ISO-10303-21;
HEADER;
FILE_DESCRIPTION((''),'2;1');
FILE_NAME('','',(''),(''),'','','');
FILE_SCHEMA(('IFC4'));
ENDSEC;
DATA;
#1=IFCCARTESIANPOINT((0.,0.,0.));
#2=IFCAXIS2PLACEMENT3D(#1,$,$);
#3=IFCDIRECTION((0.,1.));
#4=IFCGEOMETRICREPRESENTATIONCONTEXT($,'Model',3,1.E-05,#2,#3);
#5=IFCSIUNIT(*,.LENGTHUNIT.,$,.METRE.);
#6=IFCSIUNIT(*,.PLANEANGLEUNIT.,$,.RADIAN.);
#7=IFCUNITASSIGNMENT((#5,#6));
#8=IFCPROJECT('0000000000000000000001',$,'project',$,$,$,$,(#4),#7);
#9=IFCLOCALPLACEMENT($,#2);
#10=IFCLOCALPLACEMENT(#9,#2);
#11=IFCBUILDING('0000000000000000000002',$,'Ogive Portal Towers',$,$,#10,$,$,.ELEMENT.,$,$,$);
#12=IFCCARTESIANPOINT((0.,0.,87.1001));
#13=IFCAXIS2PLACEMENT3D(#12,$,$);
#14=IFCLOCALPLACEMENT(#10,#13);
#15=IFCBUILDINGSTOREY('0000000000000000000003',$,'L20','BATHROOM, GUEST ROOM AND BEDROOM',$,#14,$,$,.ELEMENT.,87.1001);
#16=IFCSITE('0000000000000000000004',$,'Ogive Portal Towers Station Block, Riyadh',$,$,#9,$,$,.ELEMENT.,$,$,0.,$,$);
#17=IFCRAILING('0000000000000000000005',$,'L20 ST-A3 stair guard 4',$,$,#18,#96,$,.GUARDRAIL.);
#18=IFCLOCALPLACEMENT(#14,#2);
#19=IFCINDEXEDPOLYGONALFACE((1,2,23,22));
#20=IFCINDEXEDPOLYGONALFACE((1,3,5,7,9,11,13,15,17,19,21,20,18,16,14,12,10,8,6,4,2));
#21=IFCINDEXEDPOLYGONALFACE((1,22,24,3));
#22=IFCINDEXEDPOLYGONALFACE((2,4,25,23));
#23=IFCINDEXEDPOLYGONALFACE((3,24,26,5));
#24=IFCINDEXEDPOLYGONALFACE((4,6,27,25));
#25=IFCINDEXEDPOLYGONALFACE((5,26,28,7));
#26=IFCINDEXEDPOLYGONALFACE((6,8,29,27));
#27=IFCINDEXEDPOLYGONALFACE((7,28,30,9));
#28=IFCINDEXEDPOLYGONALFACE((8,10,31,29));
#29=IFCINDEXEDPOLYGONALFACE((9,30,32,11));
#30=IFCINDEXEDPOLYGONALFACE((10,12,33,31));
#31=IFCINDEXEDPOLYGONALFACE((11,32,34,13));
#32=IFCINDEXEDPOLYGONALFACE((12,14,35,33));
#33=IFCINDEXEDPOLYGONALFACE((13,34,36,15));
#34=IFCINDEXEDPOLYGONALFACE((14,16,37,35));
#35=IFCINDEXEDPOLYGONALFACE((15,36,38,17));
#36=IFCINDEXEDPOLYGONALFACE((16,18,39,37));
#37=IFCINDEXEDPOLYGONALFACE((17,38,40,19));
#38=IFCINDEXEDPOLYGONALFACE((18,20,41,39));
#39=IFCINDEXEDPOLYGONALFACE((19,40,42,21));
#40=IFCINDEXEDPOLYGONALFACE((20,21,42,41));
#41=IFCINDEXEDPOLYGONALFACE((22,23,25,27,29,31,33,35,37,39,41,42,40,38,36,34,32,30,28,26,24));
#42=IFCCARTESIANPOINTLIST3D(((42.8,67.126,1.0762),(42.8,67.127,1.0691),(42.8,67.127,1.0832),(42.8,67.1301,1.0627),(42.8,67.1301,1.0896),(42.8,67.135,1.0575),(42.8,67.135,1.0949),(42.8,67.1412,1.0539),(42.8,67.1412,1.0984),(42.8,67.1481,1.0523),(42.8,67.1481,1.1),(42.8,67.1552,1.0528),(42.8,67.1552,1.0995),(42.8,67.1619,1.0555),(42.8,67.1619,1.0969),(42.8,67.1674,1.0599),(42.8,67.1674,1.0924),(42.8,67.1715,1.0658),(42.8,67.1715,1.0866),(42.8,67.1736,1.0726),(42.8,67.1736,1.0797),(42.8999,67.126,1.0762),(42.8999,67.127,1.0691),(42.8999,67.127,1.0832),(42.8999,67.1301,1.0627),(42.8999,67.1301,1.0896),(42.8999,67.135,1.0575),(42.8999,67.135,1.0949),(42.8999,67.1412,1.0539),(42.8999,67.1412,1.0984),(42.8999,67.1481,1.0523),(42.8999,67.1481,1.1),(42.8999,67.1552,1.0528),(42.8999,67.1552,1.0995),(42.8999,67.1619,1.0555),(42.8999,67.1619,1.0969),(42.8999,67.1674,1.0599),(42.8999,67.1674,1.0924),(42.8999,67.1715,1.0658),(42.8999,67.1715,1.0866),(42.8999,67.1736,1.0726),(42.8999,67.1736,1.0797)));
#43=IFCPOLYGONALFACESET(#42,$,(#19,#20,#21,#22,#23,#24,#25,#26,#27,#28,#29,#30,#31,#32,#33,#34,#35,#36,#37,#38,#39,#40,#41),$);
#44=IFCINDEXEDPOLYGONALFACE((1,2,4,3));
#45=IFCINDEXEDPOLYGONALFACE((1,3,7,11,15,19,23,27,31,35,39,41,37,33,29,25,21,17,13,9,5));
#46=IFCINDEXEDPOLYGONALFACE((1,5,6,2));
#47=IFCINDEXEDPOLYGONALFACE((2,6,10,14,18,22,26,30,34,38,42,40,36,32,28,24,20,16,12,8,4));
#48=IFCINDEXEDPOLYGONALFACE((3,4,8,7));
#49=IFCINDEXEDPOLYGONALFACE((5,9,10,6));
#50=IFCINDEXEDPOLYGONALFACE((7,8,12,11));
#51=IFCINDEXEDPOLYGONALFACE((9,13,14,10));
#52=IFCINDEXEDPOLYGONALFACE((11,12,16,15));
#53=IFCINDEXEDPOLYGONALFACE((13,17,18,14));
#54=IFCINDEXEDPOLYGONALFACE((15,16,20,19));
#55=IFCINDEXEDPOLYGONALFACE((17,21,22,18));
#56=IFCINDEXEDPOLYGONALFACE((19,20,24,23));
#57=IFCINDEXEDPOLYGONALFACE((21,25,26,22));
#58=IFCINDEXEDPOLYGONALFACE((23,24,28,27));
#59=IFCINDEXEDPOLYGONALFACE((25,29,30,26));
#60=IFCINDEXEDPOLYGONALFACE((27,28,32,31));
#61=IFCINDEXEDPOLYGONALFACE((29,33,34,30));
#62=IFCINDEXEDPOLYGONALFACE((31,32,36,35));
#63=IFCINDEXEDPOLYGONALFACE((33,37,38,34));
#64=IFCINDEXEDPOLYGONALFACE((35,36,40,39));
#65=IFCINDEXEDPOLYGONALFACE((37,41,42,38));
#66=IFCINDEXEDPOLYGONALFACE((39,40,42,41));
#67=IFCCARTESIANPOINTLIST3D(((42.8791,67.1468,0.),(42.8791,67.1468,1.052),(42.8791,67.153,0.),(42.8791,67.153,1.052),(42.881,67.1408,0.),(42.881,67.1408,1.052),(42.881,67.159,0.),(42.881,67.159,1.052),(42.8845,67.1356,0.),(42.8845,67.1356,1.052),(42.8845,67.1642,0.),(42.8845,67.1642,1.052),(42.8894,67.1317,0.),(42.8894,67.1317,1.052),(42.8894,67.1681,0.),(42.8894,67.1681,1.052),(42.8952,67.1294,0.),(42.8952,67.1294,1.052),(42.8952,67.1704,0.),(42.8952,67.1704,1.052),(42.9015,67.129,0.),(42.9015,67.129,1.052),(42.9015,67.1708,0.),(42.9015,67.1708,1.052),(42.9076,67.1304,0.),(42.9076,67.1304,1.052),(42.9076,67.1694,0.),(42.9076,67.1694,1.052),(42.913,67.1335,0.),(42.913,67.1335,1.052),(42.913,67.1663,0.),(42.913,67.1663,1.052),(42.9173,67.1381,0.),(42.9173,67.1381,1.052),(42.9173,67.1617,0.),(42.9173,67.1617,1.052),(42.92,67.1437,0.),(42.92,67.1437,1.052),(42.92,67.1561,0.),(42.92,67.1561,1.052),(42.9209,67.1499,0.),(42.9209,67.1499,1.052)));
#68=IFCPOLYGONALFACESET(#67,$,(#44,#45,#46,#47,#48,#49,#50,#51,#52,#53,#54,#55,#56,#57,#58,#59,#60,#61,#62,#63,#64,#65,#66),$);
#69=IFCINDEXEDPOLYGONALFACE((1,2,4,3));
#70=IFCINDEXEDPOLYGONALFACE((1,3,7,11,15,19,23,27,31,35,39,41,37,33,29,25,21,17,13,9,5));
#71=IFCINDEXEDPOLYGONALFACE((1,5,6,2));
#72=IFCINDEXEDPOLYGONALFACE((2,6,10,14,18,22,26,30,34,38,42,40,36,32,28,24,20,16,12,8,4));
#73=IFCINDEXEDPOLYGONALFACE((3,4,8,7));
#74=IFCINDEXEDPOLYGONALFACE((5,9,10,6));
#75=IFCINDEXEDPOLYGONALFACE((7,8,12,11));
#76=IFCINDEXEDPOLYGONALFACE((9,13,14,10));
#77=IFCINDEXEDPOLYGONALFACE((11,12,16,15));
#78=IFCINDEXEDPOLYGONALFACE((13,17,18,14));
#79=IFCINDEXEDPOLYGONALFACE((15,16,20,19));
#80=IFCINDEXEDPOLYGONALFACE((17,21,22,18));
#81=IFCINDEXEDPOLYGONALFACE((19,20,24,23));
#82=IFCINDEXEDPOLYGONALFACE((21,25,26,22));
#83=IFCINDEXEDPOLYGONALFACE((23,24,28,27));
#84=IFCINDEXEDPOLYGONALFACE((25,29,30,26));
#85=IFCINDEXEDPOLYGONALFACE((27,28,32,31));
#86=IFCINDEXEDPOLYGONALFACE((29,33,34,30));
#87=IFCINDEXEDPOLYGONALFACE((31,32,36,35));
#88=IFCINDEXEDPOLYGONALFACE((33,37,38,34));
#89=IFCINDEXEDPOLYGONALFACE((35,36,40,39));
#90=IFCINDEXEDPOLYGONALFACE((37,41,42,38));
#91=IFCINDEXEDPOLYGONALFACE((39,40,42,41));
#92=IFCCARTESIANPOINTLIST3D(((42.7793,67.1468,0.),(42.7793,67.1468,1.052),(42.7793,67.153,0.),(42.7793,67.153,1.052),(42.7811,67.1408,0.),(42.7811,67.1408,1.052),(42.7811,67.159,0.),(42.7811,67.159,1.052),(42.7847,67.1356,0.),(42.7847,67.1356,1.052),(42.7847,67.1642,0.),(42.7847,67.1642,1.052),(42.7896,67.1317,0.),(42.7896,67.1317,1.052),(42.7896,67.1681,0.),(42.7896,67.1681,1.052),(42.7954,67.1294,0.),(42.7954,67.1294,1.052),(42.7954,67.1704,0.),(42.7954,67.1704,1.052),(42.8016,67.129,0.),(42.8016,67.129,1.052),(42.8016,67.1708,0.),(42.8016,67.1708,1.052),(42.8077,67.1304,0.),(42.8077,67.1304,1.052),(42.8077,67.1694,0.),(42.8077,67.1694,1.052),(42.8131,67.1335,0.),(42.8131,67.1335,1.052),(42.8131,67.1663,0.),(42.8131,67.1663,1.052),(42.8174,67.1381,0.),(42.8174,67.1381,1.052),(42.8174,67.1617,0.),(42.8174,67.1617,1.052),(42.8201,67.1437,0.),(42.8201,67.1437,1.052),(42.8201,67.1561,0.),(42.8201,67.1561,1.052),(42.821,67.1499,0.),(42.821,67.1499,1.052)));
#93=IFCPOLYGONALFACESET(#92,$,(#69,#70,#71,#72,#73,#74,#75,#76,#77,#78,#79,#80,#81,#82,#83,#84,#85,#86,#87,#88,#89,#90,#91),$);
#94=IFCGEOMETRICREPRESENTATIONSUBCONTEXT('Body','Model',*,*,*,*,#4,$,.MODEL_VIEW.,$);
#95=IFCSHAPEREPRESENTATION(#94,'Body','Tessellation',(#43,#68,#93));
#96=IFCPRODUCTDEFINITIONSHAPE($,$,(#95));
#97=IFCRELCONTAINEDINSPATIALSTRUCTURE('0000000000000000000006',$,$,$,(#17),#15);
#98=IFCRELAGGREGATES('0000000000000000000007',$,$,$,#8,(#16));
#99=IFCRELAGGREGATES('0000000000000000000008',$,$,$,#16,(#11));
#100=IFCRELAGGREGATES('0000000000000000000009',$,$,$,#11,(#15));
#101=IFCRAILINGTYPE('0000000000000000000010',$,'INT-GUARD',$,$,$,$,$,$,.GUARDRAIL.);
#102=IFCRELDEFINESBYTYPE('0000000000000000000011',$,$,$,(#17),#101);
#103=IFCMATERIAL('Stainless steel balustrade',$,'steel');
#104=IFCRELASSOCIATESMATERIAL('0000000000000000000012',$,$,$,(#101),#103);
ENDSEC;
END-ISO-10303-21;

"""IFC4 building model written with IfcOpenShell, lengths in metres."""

from ifc_helpers import new_model, si_unit, direction, frame, origin, origin_2d, place, context, subcontext, project, spatial, circle, extrude, material, type_object, element, save


model = new_model("IFC4")

# Units and contexts
model_context = context("Model", 3, precision=1e-05, world=origin(), true_north=direction((0.0, 1.0)))
body_context = subcontext(model_context, "Body", "Model", "MODEL_VIEW")
ifc_project = project(units=[si_unit("LENGTHUNIT", "METRE"), si_unit("PLANEANGLEUNIT", "RADIAN")], contexts=[model_context])

# Site, building, storey
site_placement = place(None, origin())
site = spatial("IfcSite", under=ifc_project, at=site_placement, Name="Ogive Portal Towers Station Block, Riyadh", CompositionType="ELEMENT", RefElevation=0.0)
building_placement = place(site_placement, origin())
building = spatial("IfcBuilding", under=site, at=building_placement, Name="Ogive Portal Towers", CompositionType="ELEMENT")
storey_placement = place(building_placement, frame((0.0, 0.0, 87.1001)))
storey = spatial("IfcBuildingStorey", under=building, at=storey_placement, Name="L20", Description="BATHROOM, GUEST ROOM AND BEDROOM", CompositionType="ELEMENT", Elevation=87.1001)

# Railing
ifc_material_1 = material(Name="Stainless steel balustrade", Category="steel")
railing_type_1 = type_object("IfcRailingType", Name="INT-GUARD", PredefinedType="GUARDRAIL", material=ifc_material_1)
railing_1_placement = place(storey_placement, frame((42.8999, 67.1499, 0.0)))
element("IfcRailing", 1, at=railing_1_placement, inside=storey, type_object=railing_type_1, Name="L20 ST-A3 stair guard 4", PredefinedType="GUARDRAIL", context=body_context, shape_type="SweptSolid", body=[
    extrude(circle(Radius=0.0239, at=origin_2d()), frame((0.0, 0.0, 1.0762), z_axis=(-1.0, 0.0, 0.0), x_axis=(0.0, -1.0, 0.0)), (0.0, 0.0, 1.0), 0.0999),
    extrude(circle(Radius=0.021, at=origin_2d()), origin(), (0.0, 0.0, 1.0), 1.052),
    extrude(circle(Radius=0.021, at=origin_2d()), frame((-0.0999, 0.0, 0.0)), (0.0, 0.0, 1.0), 1.052),
])

save(model, "model.ifc")
